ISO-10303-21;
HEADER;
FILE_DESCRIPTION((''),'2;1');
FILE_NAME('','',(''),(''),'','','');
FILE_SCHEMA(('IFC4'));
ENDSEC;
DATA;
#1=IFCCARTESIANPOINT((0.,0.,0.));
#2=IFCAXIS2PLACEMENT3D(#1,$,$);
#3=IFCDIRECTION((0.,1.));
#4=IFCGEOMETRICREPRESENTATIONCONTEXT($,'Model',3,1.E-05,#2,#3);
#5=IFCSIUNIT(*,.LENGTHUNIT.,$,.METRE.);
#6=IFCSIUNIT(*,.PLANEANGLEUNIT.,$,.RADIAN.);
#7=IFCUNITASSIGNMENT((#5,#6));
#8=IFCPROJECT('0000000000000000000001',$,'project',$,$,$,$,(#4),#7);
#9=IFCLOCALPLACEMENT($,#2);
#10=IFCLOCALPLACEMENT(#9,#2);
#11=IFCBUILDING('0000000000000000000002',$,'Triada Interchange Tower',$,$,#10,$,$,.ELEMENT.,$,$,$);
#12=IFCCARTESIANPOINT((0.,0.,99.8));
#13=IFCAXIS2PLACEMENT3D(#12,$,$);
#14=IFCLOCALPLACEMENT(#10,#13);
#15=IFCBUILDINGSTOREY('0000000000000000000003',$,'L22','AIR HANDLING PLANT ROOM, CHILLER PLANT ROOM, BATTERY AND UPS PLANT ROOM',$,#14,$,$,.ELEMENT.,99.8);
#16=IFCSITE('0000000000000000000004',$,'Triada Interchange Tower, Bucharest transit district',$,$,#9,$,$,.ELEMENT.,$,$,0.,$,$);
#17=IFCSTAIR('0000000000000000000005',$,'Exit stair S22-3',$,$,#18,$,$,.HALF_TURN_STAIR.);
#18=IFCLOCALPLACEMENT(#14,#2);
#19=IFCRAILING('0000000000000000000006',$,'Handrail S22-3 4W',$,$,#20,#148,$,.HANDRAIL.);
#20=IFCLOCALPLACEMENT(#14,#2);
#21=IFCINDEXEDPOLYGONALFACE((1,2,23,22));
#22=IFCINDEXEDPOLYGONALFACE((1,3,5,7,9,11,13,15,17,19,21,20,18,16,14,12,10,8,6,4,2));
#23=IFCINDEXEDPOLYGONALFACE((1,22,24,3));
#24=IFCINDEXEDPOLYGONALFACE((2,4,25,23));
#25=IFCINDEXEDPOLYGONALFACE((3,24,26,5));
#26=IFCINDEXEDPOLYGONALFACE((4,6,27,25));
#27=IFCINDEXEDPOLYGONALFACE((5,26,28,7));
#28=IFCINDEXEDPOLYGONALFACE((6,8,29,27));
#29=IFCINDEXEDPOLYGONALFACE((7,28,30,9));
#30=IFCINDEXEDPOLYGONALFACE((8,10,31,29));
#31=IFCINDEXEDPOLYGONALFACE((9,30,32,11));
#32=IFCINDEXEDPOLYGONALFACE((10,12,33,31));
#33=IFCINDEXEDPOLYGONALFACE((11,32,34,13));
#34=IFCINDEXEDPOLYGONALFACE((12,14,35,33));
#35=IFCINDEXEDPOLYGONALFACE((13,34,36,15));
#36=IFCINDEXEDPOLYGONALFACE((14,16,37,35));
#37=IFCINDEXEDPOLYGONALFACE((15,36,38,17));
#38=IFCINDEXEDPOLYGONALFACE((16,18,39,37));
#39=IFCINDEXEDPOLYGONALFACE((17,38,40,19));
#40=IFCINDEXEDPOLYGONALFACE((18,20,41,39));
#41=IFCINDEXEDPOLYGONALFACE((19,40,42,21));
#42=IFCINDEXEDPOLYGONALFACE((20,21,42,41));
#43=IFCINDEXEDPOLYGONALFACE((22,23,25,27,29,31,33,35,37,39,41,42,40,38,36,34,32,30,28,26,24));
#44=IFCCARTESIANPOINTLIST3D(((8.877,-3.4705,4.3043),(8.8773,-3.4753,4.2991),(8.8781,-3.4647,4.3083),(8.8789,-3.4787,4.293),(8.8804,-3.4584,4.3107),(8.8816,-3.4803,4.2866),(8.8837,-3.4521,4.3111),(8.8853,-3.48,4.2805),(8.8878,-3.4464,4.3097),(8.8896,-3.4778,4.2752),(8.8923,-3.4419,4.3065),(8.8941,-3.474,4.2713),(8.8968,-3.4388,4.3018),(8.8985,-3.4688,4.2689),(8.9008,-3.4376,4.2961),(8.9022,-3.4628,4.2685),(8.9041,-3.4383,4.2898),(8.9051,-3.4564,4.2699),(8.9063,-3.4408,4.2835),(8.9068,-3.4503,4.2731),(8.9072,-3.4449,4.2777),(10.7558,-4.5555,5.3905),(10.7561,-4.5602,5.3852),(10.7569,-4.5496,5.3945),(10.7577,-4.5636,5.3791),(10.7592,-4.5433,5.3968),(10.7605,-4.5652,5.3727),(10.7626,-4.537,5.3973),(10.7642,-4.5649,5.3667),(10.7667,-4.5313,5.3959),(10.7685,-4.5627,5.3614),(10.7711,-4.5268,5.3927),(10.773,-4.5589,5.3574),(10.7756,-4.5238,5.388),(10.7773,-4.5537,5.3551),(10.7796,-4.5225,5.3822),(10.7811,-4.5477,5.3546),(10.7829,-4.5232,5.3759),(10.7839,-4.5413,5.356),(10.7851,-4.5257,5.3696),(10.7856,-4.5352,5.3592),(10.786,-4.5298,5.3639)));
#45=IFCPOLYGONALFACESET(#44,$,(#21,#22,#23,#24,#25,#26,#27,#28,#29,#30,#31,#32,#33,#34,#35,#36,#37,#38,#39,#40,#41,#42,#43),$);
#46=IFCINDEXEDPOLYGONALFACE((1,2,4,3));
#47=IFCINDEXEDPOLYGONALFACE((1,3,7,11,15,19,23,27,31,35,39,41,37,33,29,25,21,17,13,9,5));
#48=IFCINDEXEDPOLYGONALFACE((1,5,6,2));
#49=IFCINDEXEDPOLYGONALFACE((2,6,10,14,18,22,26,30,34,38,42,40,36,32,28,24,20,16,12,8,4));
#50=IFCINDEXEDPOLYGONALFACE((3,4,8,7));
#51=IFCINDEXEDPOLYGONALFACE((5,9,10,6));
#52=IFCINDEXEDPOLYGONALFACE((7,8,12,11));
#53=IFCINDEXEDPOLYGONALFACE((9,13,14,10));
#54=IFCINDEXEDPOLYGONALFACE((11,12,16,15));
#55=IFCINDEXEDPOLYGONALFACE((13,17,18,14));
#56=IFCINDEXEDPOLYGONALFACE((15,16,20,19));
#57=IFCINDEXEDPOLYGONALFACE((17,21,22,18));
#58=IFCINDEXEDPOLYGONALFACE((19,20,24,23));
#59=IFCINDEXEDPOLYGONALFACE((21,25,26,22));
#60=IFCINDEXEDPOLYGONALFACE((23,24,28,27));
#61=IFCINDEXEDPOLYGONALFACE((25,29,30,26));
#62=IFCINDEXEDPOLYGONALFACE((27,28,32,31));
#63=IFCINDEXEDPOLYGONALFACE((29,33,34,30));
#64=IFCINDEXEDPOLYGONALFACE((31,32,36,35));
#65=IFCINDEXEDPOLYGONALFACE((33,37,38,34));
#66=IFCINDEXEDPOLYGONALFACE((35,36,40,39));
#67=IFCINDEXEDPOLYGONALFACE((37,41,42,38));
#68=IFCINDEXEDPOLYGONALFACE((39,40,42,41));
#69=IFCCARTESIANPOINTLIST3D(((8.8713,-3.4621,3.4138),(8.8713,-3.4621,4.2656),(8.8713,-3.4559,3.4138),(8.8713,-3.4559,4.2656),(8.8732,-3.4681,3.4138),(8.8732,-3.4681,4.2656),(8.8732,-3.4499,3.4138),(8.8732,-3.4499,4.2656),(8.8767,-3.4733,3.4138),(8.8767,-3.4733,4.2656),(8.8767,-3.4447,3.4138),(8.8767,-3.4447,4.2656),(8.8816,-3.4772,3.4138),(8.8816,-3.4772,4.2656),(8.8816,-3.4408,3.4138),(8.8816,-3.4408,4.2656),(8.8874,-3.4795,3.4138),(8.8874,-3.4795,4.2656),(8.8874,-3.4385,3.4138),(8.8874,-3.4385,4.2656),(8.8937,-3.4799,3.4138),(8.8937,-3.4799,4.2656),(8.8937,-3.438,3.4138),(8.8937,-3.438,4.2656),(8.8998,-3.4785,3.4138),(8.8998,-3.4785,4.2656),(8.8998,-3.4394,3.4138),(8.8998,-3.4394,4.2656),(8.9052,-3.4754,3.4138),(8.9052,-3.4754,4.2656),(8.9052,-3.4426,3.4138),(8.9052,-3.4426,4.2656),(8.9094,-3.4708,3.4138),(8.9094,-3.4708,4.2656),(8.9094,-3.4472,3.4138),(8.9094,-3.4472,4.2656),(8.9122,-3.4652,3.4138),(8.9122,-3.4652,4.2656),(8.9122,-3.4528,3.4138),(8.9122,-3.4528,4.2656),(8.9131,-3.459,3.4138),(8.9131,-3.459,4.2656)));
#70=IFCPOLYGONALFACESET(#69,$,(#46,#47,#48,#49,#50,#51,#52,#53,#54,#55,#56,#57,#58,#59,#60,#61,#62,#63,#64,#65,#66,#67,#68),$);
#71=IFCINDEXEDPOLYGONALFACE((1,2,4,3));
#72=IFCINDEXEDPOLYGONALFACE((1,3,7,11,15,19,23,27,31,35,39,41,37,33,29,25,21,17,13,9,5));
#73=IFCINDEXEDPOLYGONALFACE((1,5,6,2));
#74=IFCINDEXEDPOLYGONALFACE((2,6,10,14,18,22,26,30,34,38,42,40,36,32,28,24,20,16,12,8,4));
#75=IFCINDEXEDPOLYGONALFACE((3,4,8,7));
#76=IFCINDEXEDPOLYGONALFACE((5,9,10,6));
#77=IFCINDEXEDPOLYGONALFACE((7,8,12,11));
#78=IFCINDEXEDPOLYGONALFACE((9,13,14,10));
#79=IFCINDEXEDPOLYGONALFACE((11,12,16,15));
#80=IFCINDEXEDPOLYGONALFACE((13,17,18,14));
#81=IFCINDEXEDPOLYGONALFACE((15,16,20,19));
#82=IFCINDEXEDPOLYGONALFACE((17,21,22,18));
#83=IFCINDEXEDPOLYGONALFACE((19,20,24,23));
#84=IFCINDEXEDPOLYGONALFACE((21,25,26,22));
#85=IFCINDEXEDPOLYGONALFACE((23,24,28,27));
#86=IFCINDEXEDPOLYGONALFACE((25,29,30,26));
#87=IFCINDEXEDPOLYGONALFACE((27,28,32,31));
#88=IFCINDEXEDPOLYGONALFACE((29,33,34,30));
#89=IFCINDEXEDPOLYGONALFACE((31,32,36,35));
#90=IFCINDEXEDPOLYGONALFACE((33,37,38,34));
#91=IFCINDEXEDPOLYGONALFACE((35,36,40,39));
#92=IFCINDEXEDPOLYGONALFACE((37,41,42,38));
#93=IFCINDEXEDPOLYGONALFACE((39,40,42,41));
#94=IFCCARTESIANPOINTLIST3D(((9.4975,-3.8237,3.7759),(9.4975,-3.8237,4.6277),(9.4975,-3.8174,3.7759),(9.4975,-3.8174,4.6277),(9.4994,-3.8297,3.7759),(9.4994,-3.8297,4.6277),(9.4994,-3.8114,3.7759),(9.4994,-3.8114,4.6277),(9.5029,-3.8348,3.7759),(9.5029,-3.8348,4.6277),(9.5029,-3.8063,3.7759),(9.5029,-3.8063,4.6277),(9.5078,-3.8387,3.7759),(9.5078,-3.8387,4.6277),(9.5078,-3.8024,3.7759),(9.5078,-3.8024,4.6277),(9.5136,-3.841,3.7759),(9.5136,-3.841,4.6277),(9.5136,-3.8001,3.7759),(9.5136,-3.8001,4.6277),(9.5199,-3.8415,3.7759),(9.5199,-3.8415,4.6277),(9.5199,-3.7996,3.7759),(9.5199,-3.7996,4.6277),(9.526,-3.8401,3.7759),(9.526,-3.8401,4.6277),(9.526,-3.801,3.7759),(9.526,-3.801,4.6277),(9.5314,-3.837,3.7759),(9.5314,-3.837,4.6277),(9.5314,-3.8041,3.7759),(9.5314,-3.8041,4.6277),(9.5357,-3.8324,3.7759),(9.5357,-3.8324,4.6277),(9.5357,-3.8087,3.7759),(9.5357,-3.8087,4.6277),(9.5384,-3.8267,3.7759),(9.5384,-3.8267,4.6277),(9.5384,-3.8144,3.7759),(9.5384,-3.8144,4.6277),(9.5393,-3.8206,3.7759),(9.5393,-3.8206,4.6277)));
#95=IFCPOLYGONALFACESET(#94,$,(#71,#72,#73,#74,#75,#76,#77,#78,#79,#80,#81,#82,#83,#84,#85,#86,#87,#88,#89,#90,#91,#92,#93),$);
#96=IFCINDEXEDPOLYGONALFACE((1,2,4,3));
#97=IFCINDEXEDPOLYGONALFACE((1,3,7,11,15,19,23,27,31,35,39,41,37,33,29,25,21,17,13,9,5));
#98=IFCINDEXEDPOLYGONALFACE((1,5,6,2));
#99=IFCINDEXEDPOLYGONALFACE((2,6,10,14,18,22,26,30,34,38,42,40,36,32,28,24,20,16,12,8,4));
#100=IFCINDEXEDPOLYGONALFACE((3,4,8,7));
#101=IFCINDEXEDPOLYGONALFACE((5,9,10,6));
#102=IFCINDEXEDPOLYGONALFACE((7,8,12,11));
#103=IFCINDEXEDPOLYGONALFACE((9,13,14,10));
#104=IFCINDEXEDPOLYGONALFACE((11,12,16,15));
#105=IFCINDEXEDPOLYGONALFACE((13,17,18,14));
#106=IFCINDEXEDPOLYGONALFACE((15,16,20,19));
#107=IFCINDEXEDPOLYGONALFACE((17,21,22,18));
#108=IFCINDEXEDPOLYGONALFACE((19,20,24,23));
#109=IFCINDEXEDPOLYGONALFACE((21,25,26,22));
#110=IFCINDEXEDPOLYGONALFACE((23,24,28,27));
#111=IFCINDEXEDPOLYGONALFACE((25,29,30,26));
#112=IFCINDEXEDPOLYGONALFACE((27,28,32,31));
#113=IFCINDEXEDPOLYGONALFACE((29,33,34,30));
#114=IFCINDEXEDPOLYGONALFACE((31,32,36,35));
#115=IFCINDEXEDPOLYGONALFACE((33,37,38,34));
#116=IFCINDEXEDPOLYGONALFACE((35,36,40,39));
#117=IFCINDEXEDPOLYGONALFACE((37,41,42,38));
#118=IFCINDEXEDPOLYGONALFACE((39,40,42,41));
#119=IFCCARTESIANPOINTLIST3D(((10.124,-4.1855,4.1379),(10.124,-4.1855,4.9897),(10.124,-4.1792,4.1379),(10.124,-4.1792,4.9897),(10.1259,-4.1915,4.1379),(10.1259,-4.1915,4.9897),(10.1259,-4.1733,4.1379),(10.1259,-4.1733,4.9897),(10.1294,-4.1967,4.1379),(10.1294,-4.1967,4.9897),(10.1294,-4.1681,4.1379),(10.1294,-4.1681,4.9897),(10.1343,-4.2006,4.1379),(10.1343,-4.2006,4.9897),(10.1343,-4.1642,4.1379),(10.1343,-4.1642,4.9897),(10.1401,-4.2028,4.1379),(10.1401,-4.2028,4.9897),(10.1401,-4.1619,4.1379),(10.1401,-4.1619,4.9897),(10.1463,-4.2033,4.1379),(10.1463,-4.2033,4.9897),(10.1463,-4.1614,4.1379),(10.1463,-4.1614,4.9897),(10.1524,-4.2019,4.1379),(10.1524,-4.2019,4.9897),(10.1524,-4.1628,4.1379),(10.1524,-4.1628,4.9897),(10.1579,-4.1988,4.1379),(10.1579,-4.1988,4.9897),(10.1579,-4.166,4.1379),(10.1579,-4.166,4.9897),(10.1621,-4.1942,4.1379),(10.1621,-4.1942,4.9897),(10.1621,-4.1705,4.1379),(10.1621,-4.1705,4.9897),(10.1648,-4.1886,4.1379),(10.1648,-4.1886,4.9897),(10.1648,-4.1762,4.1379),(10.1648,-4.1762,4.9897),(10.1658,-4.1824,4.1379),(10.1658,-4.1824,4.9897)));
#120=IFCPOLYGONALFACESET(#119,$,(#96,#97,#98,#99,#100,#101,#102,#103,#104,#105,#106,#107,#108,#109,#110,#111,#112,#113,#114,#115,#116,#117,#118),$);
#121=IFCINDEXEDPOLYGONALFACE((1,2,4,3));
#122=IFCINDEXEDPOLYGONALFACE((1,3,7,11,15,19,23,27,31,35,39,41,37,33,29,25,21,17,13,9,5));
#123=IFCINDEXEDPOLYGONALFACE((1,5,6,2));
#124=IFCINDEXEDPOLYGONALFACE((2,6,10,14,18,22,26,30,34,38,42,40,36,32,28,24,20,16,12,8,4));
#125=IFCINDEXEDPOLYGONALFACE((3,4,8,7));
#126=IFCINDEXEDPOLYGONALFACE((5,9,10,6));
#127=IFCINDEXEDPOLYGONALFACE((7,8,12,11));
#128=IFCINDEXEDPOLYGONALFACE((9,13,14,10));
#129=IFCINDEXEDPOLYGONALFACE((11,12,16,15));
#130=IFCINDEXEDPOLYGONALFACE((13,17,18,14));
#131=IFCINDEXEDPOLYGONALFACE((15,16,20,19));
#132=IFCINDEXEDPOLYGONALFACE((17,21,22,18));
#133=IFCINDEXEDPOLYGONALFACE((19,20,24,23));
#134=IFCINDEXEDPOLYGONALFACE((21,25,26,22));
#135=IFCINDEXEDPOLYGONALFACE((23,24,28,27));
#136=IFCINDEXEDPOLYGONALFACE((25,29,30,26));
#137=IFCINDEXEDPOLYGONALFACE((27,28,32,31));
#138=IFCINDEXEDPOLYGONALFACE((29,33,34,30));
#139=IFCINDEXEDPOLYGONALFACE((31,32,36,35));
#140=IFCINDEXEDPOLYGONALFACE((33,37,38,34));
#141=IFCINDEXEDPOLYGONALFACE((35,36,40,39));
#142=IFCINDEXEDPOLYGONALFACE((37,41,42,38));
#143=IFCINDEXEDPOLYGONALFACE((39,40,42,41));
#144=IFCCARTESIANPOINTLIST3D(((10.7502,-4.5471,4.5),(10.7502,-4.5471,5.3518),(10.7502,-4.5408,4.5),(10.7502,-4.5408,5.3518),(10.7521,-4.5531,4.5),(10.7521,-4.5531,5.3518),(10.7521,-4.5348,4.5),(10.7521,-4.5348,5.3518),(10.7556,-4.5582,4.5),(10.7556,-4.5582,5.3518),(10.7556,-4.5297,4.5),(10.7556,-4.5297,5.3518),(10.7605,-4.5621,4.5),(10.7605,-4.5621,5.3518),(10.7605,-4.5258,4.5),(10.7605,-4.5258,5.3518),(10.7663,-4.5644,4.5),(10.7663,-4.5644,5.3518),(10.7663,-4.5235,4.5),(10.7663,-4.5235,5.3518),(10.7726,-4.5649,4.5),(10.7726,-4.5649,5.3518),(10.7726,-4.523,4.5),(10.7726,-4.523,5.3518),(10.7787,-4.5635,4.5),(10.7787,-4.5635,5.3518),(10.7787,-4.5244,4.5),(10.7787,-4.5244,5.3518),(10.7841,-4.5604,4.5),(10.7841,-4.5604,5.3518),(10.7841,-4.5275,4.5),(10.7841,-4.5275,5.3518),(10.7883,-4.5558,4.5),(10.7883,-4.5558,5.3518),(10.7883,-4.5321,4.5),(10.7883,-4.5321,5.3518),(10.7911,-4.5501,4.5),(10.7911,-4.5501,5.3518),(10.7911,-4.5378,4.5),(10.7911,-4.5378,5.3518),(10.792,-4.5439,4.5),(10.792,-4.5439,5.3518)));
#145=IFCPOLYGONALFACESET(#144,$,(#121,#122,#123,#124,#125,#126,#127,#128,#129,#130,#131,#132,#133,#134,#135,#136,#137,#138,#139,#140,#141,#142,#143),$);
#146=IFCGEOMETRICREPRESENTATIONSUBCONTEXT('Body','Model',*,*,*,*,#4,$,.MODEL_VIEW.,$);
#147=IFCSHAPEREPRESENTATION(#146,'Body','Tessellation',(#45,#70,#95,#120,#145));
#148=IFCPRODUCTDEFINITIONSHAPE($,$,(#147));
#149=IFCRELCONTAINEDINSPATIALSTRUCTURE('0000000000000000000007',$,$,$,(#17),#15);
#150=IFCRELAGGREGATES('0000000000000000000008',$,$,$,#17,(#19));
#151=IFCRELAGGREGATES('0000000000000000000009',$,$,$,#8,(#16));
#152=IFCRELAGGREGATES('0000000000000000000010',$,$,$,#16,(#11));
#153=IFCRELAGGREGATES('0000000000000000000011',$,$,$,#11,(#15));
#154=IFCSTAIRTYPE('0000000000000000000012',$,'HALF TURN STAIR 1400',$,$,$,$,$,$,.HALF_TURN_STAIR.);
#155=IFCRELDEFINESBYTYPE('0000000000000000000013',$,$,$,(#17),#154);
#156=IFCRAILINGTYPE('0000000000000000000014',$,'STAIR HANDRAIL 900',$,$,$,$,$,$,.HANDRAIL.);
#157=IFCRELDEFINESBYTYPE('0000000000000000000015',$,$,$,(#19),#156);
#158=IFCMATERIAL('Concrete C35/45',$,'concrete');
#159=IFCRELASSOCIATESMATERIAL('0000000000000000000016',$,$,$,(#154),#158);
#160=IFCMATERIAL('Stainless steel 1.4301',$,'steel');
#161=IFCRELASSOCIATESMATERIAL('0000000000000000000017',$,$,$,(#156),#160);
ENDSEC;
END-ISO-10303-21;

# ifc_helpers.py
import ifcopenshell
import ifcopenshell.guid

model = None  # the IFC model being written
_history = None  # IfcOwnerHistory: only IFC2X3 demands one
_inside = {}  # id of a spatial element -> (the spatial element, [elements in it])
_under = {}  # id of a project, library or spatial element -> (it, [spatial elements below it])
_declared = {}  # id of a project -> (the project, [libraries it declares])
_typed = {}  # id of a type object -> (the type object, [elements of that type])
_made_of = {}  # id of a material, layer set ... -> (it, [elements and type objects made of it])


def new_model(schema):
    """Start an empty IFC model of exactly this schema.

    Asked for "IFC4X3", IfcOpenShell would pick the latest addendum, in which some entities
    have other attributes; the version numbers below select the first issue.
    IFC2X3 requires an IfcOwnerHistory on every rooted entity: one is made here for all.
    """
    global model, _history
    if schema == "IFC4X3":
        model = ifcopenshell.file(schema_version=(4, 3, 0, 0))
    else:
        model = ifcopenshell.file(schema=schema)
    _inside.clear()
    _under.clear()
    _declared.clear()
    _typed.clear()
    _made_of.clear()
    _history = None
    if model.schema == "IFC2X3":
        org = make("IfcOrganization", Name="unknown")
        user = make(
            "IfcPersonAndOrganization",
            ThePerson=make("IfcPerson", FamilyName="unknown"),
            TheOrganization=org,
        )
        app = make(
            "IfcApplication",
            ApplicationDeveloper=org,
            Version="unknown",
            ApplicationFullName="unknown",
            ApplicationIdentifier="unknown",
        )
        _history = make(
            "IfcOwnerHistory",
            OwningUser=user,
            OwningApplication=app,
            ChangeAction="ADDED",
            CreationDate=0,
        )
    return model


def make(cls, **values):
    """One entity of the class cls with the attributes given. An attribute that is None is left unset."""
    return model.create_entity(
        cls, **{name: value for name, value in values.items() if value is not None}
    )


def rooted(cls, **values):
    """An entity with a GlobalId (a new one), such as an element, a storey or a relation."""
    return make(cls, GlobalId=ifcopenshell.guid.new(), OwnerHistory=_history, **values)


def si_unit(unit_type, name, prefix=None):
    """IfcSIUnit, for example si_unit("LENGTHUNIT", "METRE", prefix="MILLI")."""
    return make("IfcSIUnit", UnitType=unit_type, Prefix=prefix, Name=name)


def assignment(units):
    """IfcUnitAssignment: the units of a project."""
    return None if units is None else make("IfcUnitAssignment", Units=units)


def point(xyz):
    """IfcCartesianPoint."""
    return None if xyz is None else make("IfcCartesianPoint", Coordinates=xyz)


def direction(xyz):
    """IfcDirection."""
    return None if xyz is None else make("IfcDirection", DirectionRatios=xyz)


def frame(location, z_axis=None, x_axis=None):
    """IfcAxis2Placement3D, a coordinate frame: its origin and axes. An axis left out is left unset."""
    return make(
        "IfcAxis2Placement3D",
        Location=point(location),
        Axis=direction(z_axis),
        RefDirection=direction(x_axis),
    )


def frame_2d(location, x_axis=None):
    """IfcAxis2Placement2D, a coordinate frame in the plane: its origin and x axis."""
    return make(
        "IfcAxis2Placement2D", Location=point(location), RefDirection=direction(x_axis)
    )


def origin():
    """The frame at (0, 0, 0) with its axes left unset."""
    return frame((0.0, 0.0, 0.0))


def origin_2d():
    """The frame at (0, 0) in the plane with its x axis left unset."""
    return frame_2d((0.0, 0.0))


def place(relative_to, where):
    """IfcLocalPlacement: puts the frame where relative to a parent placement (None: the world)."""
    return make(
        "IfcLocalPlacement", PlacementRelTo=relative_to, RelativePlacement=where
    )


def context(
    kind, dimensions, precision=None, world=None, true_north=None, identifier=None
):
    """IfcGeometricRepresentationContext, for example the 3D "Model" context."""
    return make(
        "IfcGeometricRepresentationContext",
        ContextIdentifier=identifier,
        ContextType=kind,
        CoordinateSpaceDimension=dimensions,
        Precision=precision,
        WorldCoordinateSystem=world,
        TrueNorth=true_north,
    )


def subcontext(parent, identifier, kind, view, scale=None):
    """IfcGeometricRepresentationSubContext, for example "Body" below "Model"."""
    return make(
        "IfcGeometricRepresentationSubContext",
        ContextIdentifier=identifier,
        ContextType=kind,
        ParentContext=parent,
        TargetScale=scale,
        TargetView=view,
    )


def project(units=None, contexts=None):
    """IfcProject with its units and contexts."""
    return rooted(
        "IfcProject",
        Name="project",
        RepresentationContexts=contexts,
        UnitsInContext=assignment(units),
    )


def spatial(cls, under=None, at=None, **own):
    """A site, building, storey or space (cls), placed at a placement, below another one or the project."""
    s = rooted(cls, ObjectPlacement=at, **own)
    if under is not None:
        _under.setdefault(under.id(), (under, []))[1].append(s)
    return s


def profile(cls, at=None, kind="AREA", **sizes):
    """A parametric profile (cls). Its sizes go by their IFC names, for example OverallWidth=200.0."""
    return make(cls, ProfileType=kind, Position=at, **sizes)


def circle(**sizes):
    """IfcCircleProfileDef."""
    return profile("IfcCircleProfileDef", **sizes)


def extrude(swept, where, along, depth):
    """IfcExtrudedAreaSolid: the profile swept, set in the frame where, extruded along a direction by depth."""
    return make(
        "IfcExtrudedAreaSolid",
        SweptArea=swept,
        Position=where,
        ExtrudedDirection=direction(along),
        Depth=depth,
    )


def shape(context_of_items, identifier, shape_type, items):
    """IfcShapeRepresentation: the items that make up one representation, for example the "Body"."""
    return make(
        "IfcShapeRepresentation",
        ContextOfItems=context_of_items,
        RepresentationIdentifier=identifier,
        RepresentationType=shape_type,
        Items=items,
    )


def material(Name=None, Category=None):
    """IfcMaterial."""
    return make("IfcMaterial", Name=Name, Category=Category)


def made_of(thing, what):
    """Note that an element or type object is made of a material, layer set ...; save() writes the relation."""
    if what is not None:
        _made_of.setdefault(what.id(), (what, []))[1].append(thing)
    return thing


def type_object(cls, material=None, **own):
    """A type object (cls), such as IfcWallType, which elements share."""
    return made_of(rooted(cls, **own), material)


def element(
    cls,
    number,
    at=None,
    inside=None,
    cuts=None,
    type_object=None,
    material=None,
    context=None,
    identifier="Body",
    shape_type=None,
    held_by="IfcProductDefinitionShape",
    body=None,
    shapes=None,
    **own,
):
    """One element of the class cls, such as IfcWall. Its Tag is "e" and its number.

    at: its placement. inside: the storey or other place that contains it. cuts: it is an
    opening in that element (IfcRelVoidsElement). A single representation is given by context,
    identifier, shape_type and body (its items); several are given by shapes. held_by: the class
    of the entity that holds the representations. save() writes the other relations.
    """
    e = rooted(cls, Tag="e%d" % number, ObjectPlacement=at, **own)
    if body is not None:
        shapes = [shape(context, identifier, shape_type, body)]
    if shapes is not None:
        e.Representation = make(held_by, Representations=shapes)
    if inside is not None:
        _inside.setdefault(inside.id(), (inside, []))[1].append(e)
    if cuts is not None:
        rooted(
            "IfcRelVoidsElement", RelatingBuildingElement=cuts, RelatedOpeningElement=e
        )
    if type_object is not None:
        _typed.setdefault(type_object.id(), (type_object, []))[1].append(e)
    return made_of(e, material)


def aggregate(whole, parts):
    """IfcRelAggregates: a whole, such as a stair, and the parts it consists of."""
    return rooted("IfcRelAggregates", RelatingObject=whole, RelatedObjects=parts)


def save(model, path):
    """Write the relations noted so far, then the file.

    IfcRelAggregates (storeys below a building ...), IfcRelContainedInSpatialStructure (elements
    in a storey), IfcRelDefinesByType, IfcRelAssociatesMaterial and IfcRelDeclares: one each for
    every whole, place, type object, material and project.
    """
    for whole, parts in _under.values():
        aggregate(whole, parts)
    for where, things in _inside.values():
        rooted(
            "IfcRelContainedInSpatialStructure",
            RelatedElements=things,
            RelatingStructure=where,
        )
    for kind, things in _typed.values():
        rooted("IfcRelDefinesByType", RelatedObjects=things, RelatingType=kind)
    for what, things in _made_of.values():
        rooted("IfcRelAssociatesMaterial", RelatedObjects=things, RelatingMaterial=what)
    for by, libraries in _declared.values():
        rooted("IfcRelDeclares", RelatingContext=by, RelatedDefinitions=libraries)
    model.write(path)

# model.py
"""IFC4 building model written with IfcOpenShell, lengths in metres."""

from ifc_helpers import new_model, si_unit, direction, frame, origin, origin_2d, place, context, subcontext, project, spatial, circle, extrude, material, type_object, element, aggregate, save


model = new_model("IFC4")

# Units and contexts
model_context = context("Model", 3, precision=1e-05, world=origin(), true_north=direction((0.0, 1.0)))
body_context = subcontext(model_context, "Body", "Model", "MODEL_VIEW")
ifc_project = project(units=[si_unit("LENGTHUNIT", "METRE"), si_unit("PLANEANGLEUNIT", "RADIAN")], contexts=[model_context])

# Site, building, storey
site_placement = place(None, origin())
site = spatial("IfcSite", under=ifc_project, at=site_placement, Name="Triada Interchange Tower, Bucharest transit district", CompositionType="ELEMENT", RefElevation=0.0)
building_placement = place(site_placement, origin())
building = spatial("IfcBuilding", under=site, at=building_placement, Name="Triada Interchange Tower", CompositionType="ELEMENT")
storey_placement = place(building_placement, frame((0.0, 0.0, 99.8)))
storey = spatial("IfcBuildingStorey", under=building, at=storey_placement, Name="L22", Description="AIR HANDLING PLANT ROOM, CHILLER PLANT ROOM, BATTERY AND UPS PLANT ROOM", CompositionType="ELEMENT", Elevation=99.8)

# Stair, railing
ifc_material_1 = material(Name="Concrete C35/45", Category="concrete")
stair_type = type_object("IfcStairType", Name="HALF TURN STAIR 1400", PredefinedType="HALF_TURN_STAIR", material=ifc_material_1)
stair_placement = place(storey_placement, origin())
stair = element("IfcStair", 1, at=stair_placement, inside=storey, type_object=stair_type, Name="Exit stair S22-3", PredefinedType="HALF_TURN_STAIR")
ifc_material_2 = material(Name="Stainless steel 1.4301", Category="steel")
railing_type = type_object("IfcRailingType", Name="STAIR HANDRAIL 900", PredefinedType="HANDRAIL", material=ifc_material_2)
railing_1_placement = place(storey_placement, frame((8.8921, -3.459, 3.4138)))
railing_1 = element("IfcRailing", 2, at=railing_1_placement, type_object=railing_type, Name="Handrail S22-3 4W", PredefinedType="HANDRAIL", context=body_context, shape_type="SweptSolid", body=[
    extrude(circle(Radius=0.0239, at=origin_2d()), frame((0.0, 0.0, 0.876), z_axis=(0.774373, -0.447156, 0.447659), x_axis=(0.50006, 0.865991, 0.0)), (0.0, 0.0, 1.0), 2.4263),
    extrude(circle(Radius=0.021, at=origin_2d()), origin(), (0.0, 0.0, 1.0), 0.8518),
    extrude(circle(Radius=0.021, at=origin_2d()), frame((0.6262, -0.3616, 0.3621)), (0.0, 0.0, 1.0), 0.8518),
    extrude(circle(Radius=0.021, at=origin_2d()), frame((1.2527, -0.7234, 0.7241)), (0.0, 0.0, 1.0), 0.8518),
    extrude(circle(Radius=0.021, at=origin_2d()), frame((1.8789, -1.085, 1.0862)), (0.0, 0.0, 1.0), 0.8518),
])
aggregate(stair, [railing_1])

save(model, "model.ifc")
